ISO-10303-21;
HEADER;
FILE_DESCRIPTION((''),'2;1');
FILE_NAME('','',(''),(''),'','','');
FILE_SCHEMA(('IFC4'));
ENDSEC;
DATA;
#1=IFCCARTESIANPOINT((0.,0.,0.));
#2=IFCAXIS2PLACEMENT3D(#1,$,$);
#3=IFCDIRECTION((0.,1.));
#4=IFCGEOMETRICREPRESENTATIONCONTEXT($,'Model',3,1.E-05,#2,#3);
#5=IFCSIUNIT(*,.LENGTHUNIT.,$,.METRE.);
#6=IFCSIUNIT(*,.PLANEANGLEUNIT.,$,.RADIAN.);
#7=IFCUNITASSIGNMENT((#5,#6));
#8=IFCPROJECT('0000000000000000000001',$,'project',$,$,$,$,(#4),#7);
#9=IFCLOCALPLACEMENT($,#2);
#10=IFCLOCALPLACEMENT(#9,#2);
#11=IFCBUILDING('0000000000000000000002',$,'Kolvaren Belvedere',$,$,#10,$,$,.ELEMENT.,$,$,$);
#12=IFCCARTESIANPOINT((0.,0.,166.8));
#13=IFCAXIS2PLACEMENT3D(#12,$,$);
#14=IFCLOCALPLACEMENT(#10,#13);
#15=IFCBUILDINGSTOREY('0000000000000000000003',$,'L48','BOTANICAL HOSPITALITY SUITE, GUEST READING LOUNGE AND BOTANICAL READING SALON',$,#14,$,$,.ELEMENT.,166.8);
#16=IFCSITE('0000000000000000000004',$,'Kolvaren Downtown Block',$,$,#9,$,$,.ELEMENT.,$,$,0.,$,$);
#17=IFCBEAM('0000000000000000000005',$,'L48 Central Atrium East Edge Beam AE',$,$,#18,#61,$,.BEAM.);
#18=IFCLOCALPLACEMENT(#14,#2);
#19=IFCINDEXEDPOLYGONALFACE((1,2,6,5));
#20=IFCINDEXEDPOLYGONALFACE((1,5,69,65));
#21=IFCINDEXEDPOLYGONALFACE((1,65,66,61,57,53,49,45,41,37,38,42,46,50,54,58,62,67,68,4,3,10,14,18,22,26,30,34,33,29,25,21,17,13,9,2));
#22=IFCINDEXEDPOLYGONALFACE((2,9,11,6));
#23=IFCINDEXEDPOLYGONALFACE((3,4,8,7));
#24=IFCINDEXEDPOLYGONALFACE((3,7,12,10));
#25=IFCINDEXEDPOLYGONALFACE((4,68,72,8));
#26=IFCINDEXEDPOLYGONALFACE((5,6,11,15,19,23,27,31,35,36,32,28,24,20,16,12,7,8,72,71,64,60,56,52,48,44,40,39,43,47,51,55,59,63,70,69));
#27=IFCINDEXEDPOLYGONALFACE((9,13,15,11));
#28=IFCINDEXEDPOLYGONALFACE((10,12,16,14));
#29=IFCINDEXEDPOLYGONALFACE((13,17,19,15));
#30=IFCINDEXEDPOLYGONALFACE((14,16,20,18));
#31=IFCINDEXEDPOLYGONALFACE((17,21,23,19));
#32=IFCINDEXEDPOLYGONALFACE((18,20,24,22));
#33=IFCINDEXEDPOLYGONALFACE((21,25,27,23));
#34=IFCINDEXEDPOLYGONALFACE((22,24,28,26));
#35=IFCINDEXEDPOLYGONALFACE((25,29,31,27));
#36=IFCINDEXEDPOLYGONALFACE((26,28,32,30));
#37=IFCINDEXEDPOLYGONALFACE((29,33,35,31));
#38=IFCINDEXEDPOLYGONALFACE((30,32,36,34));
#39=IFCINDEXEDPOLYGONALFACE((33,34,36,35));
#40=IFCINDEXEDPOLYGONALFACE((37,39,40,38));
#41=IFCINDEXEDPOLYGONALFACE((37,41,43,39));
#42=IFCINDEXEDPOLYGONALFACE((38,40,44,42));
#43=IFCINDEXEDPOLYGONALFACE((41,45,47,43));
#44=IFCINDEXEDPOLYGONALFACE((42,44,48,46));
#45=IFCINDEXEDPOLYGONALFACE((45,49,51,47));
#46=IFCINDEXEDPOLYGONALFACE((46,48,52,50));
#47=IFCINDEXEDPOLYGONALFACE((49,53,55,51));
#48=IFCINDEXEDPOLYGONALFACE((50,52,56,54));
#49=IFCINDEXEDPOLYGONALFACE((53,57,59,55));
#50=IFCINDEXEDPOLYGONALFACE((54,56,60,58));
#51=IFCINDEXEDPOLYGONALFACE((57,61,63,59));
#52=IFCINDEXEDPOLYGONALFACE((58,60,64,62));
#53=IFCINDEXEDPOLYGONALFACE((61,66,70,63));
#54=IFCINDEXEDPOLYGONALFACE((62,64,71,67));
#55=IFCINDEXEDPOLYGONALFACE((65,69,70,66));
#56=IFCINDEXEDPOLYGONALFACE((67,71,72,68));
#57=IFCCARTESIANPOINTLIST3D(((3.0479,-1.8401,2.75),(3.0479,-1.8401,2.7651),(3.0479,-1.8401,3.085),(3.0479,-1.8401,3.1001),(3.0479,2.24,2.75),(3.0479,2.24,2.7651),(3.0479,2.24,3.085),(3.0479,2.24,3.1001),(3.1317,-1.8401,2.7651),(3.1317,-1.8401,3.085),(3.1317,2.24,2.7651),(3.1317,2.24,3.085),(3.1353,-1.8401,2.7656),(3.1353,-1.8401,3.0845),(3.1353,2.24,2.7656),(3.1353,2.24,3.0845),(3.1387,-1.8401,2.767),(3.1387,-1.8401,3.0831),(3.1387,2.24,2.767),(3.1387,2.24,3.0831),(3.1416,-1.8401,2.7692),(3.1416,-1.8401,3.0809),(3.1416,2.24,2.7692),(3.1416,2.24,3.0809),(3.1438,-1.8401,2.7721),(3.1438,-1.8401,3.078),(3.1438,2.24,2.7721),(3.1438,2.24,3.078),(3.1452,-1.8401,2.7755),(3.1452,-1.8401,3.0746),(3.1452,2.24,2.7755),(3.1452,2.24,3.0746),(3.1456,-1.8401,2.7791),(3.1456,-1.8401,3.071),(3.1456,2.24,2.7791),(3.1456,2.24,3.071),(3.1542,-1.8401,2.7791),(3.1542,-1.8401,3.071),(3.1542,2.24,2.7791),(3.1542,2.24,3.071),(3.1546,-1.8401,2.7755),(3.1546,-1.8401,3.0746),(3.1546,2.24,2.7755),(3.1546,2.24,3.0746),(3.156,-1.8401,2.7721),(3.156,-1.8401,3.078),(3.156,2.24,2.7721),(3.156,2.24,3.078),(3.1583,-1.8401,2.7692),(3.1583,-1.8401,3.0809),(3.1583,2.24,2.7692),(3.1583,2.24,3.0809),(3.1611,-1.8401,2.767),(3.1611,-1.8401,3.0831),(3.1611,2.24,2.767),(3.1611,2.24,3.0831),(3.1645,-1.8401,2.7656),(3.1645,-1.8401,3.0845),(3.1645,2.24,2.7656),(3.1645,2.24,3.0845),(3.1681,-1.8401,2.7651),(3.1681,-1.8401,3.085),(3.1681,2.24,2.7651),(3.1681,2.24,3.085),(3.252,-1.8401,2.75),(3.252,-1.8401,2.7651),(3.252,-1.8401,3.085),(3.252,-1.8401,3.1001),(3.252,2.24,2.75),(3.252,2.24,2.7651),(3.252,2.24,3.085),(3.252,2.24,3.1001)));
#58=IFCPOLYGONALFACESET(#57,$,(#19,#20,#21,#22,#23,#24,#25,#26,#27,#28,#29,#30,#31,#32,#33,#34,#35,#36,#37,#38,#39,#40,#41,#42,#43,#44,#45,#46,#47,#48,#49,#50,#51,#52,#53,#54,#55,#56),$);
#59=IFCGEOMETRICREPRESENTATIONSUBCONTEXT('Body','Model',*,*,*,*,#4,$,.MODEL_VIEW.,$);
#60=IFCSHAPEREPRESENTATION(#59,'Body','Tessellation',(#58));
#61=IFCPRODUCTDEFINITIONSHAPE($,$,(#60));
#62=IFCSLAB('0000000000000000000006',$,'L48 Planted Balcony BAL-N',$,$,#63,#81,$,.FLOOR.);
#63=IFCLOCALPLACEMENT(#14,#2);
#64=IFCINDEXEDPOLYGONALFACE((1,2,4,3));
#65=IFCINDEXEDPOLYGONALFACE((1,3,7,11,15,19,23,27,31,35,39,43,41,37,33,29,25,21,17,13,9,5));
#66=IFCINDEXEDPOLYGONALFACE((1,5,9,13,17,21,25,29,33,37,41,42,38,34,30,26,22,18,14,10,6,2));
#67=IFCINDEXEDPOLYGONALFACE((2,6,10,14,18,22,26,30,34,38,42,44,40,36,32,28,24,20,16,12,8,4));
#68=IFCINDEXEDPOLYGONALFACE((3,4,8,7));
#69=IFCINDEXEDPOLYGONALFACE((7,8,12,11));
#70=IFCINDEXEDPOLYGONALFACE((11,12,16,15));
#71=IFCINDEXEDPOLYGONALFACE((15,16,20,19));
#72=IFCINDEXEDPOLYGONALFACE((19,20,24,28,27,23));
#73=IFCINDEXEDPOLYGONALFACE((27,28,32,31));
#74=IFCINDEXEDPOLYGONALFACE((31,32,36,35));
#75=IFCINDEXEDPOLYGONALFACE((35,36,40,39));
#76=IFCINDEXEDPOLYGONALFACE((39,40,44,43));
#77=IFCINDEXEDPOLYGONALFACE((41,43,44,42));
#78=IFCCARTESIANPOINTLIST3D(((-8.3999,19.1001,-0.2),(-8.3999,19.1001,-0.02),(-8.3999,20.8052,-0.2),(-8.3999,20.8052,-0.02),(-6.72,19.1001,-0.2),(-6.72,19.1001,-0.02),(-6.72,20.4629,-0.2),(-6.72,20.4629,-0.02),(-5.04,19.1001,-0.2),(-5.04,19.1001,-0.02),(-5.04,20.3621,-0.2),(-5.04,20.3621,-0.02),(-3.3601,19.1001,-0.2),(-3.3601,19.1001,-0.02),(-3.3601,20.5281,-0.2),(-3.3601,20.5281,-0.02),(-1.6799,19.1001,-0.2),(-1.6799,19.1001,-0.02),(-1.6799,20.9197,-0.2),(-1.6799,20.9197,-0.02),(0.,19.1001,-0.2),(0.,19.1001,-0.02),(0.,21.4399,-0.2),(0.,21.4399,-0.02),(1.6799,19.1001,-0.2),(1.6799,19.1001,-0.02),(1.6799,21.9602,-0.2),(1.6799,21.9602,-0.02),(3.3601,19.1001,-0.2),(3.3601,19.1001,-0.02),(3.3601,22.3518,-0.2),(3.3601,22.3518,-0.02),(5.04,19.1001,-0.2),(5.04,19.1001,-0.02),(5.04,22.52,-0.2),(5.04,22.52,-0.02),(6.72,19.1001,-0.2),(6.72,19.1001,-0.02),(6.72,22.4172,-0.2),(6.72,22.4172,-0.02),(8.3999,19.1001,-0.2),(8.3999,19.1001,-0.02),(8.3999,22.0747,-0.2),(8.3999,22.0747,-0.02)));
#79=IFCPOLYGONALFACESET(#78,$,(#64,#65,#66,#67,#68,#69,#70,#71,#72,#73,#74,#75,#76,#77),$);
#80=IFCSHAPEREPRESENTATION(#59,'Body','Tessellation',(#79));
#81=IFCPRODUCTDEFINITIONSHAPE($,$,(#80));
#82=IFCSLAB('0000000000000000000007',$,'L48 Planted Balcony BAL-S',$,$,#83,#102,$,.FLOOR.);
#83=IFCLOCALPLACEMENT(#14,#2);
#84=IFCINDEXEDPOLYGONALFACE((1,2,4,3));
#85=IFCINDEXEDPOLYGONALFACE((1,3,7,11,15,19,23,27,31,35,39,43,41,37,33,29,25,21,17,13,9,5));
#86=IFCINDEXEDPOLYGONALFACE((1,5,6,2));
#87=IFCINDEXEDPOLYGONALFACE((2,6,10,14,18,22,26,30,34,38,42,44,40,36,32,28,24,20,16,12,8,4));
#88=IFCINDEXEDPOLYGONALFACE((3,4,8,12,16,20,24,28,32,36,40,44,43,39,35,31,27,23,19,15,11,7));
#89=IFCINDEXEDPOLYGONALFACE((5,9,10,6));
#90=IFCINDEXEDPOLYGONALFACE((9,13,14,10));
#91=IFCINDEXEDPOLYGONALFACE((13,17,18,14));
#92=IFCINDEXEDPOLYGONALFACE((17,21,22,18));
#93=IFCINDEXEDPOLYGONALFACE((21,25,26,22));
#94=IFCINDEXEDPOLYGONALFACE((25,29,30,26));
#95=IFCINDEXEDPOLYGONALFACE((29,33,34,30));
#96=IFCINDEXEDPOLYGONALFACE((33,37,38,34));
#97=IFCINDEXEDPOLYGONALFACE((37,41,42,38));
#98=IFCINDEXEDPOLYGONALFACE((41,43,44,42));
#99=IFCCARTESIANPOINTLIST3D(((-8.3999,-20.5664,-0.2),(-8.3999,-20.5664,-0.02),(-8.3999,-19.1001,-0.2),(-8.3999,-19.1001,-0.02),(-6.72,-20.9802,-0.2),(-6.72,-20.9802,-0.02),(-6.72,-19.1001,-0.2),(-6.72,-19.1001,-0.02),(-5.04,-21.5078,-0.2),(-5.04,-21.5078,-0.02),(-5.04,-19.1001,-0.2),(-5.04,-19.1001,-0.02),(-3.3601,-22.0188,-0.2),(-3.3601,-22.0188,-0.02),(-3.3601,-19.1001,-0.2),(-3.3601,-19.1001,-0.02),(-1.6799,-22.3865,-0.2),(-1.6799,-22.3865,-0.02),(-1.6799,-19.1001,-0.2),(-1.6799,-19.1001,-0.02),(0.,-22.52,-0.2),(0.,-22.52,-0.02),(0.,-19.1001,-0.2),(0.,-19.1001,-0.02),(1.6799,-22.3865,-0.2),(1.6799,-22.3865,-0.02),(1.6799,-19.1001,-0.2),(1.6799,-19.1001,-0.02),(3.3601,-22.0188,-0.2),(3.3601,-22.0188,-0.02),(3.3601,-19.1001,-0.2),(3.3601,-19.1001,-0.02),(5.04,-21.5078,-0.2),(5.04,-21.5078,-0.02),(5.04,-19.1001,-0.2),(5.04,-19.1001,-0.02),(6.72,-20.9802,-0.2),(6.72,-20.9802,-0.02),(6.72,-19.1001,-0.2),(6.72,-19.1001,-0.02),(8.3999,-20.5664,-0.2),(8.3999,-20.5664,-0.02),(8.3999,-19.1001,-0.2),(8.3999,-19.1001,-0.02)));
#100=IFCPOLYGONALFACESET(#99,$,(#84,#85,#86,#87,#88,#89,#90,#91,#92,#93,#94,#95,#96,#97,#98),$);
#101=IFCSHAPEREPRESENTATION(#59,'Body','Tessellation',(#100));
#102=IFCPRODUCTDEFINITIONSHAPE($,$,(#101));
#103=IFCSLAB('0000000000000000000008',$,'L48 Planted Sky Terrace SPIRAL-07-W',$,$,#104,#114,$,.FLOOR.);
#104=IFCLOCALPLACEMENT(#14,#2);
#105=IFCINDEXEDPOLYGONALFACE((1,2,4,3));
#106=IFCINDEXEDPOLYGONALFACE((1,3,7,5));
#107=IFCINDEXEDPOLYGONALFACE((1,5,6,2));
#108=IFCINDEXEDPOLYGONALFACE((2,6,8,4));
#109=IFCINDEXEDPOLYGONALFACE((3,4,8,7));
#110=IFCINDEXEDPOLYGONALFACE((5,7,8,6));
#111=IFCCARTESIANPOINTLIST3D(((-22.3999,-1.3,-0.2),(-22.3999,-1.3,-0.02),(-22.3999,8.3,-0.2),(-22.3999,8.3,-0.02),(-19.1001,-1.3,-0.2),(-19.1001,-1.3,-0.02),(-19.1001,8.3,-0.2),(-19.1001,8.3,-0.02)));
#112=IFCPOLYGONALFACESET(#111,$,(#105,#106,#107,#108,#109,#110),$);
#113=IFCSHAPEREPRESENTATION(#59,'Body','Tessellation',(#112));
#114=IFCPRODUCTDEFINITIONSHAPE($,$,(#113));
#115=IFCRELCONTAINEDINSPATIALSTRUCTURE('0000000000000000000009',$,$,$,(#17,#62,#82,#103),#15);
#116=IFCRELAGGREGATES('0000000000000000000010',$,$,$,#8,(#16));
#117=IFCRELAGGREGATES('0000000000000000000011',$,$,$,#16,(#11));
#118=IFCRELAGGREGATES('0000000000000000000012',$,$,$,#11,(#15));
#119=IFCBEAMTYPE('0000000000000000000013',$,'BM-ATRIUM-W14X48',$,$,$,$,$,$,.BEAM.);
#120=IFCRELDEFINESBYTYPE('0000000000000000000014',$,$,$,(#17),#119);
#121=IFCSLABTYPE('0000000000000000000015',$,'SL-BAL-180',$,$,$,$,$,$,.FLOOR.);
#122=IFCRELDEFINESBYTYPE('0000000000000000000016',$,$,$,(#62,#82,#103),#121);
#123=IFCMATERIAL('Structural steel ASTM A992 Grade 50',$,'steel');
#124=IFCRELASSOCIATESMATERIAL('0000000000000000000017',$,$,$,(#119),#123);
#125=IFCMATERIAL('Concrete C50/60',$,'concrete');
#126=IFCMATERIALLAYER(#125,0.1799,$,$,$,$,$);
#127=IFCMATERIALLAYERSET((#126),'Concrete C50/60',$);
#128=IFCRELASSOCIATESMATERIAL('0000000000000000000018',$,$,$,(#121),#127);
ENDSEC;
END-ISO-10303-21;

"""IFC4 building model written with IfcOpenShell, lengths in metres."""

from ifc_helpers import new_model, si_unit, direction, frame, origin, origin_2d, place, context, subcontext, project, spatial, polyline, i_section, outline, extrude, material, layer, layer_set, material_profile, profile_set, type_object, element, save


model = new_model("IFC4")

# Units and contexts
model_context = context("Model", 3, precision=1e-05, world=origin(), true_north=direction((0.0, 1.0)))
body_context = subcontext(model_context, "Body", "Model", "MODEL_VIEW")
ifc_project = project(units=[si_unit("LENGTHUNIT", "METRE"), si_unit("PLANEANGLEUNIT", "RADIAN")], contexts=[model_context])

# Site, building, storey
site_placement = place(None, origin())
site = spatial("IfcSite", under=ifc_project, at=site_placement, Name="Kolvaren Downtown Block", CompositionType="ELEMENT", RefElevation=0.0)
building_placement = place(site_placement, origin())
building = spatial("IfcBuilding", under=site, at=building_placement, Name="Kolvaren Belvedere", CompositionType="ELEMENT")
storey_placement = place(building_placement, frame((0.0, 0.0, 166.8)))
storey = spatial("IfcBuildingStorey", under=building, at=storey_placement, Name="L48", Description="BOTANICAL HOSPITALITY SUITE, GUEST READING LOUNGE AND BOTANICAL READING SALON", CompositionType="ELEMENT", Elevation=166.8)

# Beam
ifc_material_1 = material(Name="Structural steel ASTM A992 Grade 50", Category="steel")
ifc_material_profile = material_profile(ifc_material_1, i_section(OverallWidth=0.2041, OverallDepth=0.3501, WebThickness=0.0085, FlangeThickness=0.0151, FilletRadius=0.0139, at=origin_2d()), Name="W14X48")
ifc_profile_set = profile_set([ifc_material_profile], Name="Structural steel ASTM A992 Grade 50")
beam_type = type_object("IfcBeamType", Name="BM-ATRIUM-W14X48", PredefinedType="BEAM", material=ifc_profile_set)
beam_placement = place(storey_placement, frame((3.1499, -1.8401, 2.925), z_axis=(0.0, 1.0, 0.0), x_axis=(-1.0, 0.0, 0.0)))
element("IfcBeam", 1, at=beam_placement, inside=storey, type_object=beam_type, Name="L48 Central Atrium East Edge Beam AE", PredefinedType="BEAM", context=body_context, shape_type="SweptSolid", body=[
    extrude(i_section(OverallWidth=0.2041, OverallDepth=0.3501, WebThickness=0.0085, FlangeThickness=0.0151, FilletRadius=0.0139, at=origin_2d()), origin(), (0.0, 0.0, 1.0), 4.0801),
])

# Slabs
ifc_material_2 = material(Name="Concrete C50/60", Category="concrete")
ifc_layer_1 = layer(ifc_material_2, 0.1799)
ifc_layer_set_1 = layer_set([ifc_layer_1], Name="Concrete C50/60")
slab_type_1 = type_object("IfcSlabType", Name="SL-BAL-180", PredefinedType="FLOOR", material=ifc_layer_set_1)
slab_1_placement = place(storey_placement, frame((0.0, 0.0, -0.2)))
element("IfcSlab", 2, at=slab_1_placement, inside=storey, type_object=slab_type_1, Name="L48 Planted Balcony BAL-N", PredefinedType="FLOOR", context=body_context, shape_type="SweptSolid", body=[
    extrude(outline(polyline([(-8.3999, 19.1001), (-6.72, 19.1001), (-5.04, 19.1001), (-3.3601, 19.1001), (-1.6799, 19.1001), (0.0, 19.1001), (1.6799, 19.1001), (3.3601, 19.1001), (5.04, 19.1001), (6.72, 19.1001), (8.3999, 19.1001), (8.3999, 22.0747), (6.72, 22.4172), (5.04, 22.52), (3.3601, 22.3518), (1.6799, 21.9602), (0.0, 21.4399), (-1.6799, 20.9197), (-3.3601, 20.5281), (-5.04, 20.3621), (-6.72, 20.4629), (-8.3999, 20.8052), (-8.3999, 19.1001)])), origin(), (0.0, 0.0, 1.0), 0.1799),
])
slab_2_placement = place(storey_placement, frame((0.0, 0.0, -0.2)))
element("IfcSlab", 3, at=slab_2_placement, inside=storey, type_object=slab_type_1, Name="L48 Planted Balcony BAL-S", PredefinedType="FLOOR", context=body_context, shape_type="SweptSolid", body=[
    extrude(outline(polyline([(-8.3999, -20.5664), (-6.72, -20.9802), (-5.04, -21.5078), (-3.3601, -22.0188), (-1.6799, -22.3865), (0.0, -22.52), (1.6799, -22.3865), (3.3601, -22.0188), (5.04, -21.5078), (6.72, -20.9802), (8.3999, -20.5664), (8.3999, -19.1001), (6.72, -19.1001), (5.04, -19.1001), (3.3601, -19.1001), (1.6799, -19.1001), (0.0, -19.1001), (-1.6799, -19.1001), (-3.3601, -19.1001), (-5.04, -19.1001), (-6.72, -19.1001), (-8.3999, -19.1001), (-8.3999, -20.5664)])), origin(), (0.0, 0.0, 1.0), 0.1799),
])
slab_3_placement = place(storey_placement, frame((0.0, 0.0, -0.2)))
element("IfcSlab", 4, at=slab_3_placement, inside=storey, type_object=slab_type_1, Name="L48 Planted Sky Terrace SPIRAL-07-W", PredefinedType="FLOOR", context=body_context, shape_type="SweptSolid", body=[
    extrude(outline(polyline([(-22.3999, -1.3), (-19.1001, -1.3), (-19.1001, 8.3), (-22.3999, 8.3), (-22.3999, -1.3)])), origin(), (0.0, 0.0, 1.0), 0.1799),
])

save(model, "model.ifc")
